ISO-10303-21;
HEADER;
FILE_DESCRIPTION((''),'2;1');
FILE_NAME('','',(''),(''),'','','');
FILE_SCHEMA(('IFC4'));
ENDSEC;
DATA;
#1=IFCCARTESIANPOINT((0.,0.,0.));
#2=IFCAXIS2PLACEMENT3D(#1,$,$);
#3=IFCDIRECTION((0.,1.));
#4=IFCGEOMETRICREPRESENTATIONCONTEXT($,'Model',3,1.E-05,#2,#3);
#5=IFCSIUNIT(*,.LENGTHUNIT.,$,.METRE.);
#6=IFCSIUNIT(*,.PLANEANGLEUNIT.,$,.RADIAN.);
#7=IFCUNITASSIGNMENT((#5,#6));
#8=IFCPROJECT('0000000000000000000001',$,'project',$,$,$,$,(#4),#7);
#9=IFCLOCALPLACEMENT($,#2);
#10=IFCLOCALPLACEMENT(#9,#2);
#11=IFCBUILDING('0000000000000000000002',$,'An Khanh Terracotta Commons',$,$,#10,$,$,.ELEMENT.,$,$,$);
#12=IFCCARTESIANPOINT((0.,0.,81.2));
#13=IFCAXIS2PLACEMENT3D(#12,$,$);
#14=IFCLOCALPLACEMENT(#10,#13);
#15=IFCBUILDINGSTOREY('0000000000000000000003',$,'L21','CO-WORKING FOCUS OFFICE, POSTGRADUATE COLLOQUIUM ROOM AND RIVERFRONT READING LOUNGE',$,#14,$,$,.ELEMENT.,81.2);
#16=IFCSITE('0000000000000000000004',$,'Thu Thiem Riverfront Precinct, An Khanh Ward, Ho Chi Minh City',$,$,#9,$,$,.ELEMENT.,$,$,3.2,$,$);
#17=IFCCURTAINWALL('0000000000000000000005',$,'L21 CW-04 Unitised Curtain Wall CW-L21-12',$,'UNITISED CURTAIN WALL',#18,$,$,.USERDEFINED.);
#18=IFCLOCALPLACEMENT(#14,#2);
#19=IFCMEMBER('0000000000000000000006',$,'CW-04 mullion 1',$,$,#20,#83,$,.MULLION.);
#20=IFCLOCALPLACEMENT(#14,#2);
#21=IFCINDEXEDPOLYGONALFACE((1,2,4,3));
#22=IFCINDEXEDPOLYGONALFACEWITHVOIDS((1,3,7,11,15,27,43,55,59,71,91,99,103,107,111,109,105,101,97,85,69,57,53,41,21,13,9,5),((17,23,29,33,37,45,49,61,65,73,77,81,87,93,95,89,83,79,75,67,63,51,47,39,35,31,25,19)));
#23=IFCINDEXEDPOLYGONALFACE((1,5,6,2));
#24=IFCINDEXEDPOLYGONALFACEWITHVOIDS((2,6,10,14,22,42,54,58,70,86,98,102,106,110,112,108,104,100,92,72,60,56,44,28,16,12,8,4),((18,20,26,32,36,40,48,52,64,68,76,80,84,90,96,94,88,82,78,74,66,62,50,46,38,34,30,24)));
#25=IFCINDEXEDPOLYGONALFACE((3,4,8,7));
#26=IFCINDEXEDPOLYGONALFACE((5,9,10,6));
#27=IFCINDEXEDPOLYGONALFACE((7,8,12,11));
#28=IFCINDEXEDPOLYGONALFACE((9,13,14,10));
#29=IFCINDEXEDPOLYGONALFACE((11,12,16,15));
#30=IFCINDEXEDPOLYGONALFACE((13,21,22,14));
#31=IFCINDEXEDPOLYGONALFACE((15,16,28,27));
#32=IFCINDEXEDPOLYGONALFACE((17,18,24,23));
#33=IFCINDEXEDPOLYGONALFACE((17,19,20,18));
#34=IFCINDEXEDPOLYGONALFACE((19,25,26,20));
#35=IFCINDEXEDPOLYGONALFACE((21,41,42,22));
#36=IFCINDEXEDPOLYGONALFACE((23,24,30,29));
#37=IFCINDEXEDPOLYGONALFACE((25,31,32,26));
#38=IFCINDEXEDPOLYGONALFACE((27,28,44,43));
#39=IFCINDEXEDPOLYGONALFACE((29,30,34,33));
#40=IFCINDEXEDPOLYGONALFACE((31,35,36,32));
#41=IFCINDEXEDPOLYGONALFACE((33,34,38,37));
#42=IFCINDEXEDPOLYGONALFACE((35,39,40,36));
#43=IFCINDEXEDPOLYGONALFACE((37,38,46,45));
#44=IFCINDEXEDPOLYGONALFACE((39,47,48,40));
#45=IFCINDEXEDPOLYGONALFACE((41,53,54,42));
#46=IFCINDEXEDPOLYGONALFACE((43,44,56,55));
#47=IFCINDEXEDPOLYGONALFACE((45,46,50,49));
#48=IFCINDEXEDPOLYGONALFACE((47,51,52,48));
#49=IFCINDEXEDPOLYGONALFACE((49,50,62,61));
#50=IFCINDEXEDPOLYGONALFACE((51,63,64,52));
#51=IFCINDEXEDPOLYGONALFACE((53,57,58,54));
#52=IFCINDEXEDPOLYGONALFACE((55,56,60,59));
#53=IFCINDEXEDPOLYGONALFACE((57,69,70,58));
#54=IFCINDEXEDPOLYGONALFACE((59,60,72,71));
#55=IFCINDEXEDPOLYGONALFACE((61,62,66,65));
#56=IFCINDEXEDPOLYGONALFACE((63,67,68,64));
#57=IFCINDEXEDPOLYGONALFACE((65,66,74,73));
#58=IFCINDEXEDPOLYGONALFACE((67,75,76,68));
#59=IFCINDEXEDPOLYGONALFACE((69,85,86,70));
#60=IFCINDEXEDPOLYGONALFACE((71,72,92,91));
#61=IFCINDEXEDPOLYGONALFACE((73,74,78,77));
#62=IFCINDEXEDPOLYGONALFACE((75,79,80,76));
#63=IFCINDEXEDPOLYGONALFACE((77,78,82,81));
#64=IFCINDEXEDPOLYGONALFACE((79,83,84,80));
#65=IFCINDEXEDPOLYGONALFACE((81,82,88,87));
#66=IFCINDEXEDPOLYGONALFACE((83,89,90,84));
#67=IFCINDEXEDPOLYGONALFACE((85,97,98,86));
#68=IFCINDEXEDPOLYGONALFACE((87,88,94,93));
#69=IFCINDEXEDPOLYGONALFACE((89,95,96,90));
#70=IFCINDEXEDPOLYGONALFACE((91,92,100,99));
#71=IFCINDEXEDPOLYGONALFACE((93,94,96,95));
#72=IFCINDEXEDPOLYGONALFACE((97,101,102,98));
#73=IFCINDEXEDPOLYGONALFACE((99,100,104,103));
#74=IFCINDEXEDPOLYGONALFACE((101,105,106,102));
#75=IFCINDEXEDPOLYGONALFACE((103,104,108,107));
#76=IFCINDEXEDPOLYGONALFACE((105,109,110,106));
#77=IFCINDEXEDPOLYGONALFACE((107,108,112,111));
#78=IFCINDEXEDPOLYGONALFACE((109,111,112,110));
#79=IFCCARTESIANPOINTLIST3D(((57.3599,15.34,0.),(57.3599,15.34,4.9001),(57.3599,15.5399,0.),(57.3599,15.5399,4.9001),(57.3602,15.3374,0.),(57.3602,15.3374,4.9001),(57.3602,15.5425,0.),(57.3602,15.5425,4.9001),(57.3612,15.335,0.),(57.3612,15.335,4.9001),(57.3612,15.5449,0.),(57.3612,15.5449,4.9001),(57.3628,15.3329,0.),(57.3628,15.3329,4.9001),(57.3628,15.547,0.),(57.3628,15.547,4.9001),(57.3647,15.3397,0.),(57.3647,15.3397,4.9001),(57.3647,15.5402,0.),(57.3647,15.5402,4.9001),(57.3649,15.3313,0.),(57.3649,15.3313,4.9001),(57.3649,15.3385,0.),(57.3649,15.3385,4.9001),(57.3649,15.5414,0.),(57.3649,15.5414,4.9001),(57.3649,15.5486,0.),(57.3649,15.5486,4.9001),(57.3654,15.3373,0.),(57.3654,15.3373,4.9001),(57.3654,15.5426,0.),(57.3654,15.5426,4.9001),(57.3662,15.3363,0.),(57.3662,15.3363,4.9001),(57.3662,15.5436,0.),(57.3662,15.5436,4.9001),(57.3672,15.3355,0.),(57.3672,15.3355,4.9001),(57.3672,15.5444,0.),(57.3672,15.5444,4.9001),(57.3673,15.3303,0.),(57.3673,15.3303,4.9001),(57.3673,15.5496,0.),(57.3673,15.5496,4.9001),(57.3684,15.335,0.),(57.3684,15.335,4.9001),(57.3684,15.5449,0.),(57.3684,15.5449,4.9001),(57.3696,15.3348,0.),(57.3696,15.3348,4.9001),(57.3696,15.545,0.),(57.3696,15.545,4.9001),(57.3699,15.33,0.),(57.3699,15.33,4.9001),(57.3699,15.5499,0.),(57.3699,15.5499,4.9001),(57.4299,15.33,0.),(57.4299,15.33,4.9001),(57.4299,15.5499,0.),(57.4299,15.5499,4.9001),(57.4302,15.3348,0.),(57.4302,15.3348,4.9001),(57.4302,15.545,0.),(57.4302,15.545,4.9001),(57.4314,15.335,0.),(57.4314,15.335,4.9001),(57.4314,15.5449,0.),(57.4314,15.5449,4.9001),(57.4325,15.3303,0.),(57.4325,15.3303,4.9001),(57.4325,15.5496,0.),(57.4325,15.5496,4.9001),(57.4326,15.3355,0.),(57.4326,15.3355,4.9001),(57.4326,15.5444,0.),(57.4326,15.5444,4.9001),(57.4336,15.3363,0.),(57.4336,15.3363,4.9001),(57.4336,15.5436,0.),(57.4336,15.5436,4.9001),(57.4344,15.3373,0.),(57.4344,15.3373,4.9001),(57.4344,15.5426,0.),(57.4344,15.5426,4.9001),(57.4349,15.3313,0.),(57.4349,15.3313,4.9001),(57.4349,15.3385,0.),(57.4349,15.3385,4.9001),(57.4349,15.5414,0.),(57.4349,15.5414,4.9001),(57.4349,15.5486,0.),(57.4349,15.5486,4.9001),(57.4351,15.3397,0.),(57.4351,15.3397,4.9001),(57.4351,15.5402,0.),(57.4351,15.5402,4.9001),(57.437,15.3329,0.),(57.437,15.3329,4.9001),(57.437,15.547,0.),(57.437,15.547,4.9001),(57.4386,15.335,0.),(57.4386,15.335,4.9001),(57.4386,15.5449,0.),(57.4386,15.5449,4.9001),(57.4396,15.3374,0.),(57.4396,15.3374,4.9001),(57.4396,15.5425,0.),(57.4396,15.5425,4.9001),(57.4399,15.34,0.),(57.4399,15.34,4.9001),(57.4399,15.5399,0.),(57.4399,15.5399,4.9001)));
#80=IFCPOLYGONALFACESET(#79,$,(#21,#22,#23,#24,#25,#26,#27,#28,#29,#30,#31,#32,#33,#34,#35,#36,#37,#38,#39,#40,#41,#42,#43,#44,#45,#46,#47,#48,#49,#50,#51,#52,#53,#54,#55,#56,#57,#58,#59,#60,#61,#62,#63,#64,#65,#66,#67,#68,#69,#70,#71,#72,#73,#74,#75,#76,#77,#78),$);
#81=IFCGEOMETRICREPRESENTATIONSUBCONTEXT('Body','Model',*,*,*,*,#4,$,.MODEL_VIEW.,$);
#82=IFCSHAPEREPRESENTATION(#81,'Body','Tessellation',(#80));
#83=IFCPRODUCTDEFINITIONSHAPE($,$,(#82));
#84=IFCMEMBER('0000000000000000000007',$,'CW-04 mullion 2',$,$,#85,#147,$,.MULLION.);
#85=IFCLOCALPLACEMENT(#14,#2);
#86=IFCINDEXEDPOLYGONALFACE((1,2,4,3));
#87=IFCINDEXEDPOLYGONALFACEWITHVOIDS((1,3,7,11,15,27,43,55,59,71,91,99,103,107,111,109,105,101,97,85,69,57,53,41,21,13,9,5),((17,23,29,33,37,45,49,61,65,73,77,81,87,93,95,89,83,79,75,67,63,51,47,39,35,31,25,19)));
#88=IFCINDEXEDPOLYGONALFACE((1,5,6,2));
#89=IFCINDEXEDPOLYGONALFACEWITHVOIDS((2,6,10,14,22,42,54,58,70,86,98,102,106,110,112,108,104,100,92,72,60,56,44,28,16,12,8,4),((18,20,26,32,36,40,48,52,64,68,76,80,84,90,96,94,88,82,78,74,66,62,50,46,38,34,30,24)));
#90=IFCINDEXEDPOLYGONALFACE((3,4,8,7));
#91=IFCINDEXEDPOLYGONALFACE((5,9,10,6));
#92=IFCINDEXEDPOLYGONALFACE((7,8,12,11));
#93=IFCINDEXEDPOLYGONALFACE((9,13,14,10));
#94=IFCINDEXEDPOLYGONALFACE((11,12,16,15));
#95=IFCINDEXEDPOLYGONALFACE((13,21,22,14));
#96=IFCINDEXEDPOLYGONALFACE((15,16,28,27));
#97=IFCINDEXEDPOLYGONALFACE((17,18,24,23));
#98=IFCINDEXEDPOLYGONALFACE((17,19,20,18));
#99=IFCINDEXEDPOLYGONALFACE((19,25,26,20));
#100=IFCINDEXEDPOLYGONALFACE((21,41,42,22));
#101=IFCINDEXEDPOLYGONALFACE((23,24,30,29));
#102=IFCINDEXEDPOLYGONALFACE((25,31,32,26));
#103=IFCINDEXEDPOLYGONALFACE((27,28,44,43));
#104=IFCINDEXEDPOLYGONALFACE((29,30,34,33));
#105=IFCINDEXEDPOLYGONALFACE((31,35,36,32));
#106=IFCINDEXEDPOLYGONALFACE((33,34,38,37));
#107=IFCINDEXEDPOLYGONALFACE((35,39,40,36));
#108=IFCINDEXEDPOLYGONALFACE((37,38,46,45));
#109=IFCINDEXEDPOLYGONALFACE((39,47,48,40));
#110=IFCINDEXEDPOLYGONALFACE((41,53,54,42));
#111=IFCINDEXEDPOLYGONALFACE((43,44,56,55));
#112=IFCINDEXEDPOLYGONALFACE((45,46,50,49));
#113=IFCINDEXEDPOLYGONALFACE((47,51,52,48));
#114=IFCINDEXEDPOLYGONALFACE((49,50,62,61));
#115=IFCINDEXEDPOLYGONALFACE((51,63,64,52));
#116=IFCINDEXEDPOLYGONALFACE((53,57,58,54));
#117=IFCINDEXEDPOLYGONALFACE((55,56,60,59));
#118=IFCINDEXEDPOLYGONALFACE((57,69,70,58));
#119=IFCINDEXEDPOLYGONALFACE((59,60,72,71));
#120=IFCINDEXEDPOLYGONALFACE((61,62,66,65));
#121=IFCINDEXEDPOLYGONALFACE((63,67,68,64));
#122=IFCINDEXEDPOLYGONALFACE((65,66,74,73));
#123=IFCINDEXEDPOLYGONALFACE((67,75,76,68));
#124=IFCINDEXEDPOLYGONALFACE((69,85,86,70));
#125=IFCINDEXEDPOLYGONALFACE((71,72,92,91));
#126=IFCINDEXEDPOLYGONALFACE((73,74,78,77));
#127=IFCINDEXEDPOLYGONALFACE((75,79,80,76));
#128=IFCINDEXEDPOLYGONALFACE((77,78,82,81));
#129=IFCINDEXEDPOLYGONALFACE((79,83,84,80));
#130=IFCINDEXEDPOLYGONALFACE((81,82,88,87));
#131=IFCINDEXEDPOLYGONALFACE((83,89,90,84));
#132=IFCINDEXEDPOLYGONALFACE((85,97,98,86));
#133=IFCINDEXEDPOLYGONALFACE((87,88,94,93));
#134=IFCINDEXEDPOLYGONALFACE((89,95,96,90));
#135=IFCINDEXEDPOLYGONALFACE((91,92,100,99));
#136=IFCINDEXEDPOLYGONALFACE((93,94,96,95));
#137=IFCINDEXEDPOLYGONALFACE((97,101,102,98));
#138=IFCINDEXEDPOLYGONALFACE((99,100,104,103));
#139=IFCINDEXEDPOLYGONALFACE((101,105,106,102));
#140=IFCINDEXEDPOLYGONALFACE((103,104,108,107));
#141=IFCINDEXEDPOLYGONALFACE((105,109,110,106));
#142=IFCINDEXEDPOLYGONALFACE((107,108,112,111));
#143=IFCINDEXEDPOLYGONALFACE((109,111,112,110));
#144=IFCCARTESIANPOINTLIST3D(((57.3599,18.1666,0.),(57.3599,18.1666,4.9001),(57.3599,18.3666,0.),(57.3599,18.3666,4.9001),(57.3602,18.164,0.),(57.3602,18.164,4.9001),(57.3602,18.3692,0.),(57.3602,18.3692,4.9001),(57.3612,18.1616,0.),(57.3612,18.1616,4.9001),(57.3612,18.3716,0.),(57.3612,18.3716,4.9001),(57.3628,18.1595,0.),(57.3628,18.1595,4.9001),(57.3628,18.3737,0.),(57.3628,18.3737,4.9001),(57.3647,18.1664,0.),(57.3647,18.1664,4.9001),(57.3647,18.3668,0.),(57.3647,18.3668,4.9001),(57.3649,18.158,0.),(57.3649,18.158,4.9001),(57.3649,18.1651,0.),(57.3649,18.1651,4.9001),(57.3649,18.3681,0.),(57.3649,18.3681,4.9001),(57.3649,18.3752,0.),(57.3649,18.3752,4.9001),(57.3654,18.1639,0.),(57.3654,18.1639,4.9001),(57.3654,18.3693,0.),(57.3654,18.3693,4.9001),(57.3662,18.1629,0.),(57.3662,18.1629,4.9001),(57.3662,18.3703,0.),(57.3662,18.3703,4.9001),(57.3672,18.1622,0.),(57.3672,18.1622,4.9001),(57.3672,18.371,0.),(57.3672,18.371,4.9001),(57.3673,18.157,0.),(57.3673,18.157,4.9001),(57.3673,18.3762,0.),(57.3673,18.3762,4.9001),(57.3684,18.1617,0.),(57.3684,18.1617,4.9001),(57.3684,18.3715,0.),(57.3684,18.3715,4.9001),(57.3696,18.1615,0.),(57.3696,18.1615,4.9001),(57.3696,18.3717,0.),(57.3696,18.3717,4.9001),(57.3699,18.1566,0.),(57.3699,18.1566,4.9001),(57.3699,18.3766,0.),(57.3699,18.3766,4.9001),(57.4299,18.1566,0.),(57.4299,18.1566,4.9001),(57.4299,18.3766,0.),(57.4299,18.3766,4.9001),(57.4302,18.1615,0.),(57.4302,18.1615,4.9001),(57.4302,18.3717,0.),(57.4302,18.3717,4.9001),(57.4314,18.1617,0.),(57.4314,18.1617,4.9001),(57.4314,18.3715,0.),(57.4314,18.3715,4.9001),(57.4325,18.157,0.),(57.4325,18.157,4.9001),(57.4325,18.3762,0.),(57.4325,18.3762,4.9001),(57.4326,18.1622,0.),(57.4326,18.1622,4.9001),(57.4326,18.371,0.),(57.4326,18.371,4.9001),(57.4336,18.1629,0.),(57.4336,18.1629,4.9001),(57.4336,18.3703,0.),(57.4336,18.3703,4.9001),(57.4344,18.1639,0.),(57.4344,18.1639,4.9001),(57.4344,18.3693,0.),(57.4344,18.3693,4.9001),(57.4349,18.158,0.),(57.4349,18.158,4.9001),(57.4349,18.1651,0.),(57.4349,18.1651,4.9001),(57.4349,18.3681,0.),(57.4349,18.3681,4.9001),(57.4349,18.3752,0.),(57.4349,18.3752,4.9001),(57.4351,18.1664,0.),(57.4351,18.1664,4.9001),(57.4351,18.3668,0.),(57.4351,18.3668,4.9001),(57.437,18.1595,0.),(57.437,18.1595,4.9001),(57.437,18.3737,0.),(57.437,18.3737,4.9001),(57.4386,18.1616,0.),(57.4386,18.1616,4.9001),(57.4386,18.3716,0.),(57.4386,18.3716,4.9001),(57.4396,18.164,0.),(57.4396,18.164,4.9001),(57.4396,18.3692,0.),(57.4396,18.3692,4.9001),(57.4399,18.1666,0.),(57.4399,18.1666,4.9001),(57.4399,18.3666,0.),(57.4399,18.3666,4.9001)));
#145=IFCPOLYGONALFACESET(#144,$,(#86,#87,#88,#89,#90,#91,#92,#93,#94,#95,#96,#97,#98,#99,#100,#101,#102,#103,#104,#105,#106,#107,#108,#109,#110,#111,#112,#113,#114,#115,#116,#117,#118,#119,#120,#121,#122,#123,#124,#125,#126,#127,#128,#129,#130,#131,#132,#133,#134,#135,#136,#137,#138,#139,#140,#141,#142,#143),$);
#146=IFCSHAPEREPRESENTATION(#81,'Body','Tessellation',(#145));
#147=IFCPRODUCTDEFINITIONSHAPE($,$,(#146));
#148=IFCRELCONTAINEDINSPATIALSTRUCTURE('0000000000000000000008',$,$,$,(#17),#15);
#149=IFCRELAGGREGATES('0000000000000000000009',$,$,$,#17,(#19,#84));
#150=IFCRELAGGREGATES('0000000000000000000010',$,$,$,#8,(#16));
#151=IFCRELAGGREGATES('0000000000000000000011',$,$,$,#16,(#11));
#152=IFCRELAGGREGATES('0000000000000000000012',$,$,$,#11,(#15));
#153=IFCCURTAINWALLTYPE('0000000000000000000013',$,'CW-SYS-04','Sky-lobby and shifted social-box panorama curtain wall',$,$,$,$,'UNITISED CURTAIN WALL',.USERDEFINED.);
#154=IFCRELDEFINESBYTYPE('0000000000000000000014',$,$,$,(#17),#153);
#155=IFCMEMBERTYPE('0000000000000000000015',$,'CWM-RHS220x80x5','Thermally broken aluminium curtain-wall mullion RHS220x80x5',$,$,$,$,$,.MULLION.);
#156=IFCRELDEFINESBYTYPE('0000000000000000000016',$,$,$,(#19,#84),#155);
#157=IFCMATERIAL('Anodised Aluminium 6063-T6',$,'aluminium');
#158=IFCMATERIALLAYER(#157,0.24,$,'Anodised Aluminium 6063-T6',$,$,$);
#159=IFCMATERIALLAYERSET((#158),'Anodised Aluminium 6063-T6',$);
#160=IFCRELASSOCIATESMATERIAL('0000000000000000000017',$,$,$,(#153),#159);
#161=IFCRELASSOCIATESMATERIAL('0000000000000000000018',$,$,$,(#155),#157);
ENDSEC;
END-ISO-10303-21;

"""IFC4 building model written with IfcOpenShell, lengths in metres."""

from ifc_helpers import new_model, si_unit, direction, frame, origin, origin_2d, place, context, subcontext, project, spatial, hollow_rectangle, extrude, material, layer, layer_set, material_profile, profile_set, type_object, element, aggregate, save


model = new_model("IFC4")

# Units and contexts
model_context = context("Model", 3, precision=1e-05, world=origin(), true_north=direction((0.0, 1.0)))
body_context = subcontext(model_context, "Body", "Model", "MODEL_VIEW")
ifc_project = project(units=[si_unit("LENGTHUNIT", "METRE"), si_unit("PLANEANGLEUNIT", "RADIAN")], contexts=[model_context])

# Site, building, storey
site_placement = place(None, origin())
site = spatial("IfcSite", under=ifc_project, at=site_placement, Name="Thu Thiem Riverfront Precinct, An Khanh Ward, Ho Chi Minh City", CompositionType="ELEMENT", RefElevation=3.2)
building_placement = place(site_placement, origin())
building = spatial("IfcBuilding", under=site, at=building_placement, Name="An Khanh Terracotta Commons", CompositionType="ELEMENT")
storey_placement = place(building_placement, frame((0.0, 0.0, 81.2)))
storey = spatial("IfcBuildingStorey", under=building, at=storey_placement, Name="L21", Description="CO-WORKING FOCUS OFFICE, POSTGRADUATE COLLOQUIUM ROOM AND RIVERFRONT READING LOUNGE", CompositionType="ELEMENT", Elevation=81.2)

# Curtain wall, members
ifc_material_1 = material(Name="Anodised Aluminium 6063-T6", Category="aluminium")
ifc_layer_1 = layer(ifc_material_1, 0.24, Name="Anodised Aluminium 6063-T6")
ifc_layer_set_1 = layer_set([ifc_layer_1], Name="Anodised Aluminium 6063-T6")
curtain_wall_type = type_object("IfcCurtainWallType", Name="CW-SYS-04", Description="Sky-lobby and shifted social-box panorama curtain wall", ElementType="UNITISED CURTAIN WALL", PredefinedType="USERDEFINED", material=ifc_layer_set_1)
ifc_material_profile_1 = material_profile(ifc_material_1, hollow_rectangle(XDim=0.0801, YDim=0.22, WallThickness=0.0049, InnerFilletRadius=0.0049, OuterFilletRadius=0.01, at=origin_2d()), Name="RHS220x80x5")
ifc_profile_set_1 = profile_set([ifc_material_profile_1], Name="Anodised Aluminium 6063-T6")
member_type_1 = type_object("IfcMemberType", Name="CWM-RHS220x80x5", Description="Thermally broken aluminium curtain-wall mullion RHS220x80x5", PredefinedType="MULLION", material=ifc_profile_set_1)
curtain_wall_1_placement = place(storey_placement, origin())
curtain_wall_1 = element("IfcCurtainWall", 1, at=curtain_wall_1_placement, inside=storey, type_object=curtain_wall_type, Name="L21 CW-04 Unitised Curtain Wall CW-L21-12", ObjectType="UNITISED CURTAIN WALL", PredefinedType="USERDEFINED")
member_1_placement = place(storey_placement, frame((57.3999, 15.4399, 0.0), z_axis=(0.0, 0.0, 1.0), x_axis=(-1.0, 0.0, 0.0)))
member_1 = element("IfcMember", 2, at=member_1_placement, type_object=member_type_1, Name="CW-04 mullion 1", PredefinedType="MULLION", context=body_context, shape_type="SweptSolid", body=[
    extrude(hollow_rectangle(XDim=0.0801, YDim=0.22, WallThickness=0.0049, InnerFilletRadius=0.0049, OuterFilletRadius=0.01, at=origin_2d()), origin(), (0.0, 0.0, 1.0), 4.9001),
])
member_2_placement = place(storey_placement, frame((57.3999, 18.2666, 0.0), z_axis=(0.0, 0.0, 1.0), x_axis=(-1.0, 0.0, 0.0)))
member_2 = element("IfcMember", 3, at=member_2_placement, type_object=member_type_1, Name="CW-04 mullion 2", PredefinedType="MULLION", context=body_context, shape_type="SweptSolid", body=[
    extrude(hollow_rectangle(XDim=0.0801, YDim=0.22, WallThickness=0.0049, InnerFilletRadius=0.0049, OuterFilletRadius=0.01, at=origin_2d()), origin(), (0.0, 0.0, 1.0), 4.9001),
])

aggregate(curtain_wall_1, [member_1, member_2])

save(model, "model.ifc")
